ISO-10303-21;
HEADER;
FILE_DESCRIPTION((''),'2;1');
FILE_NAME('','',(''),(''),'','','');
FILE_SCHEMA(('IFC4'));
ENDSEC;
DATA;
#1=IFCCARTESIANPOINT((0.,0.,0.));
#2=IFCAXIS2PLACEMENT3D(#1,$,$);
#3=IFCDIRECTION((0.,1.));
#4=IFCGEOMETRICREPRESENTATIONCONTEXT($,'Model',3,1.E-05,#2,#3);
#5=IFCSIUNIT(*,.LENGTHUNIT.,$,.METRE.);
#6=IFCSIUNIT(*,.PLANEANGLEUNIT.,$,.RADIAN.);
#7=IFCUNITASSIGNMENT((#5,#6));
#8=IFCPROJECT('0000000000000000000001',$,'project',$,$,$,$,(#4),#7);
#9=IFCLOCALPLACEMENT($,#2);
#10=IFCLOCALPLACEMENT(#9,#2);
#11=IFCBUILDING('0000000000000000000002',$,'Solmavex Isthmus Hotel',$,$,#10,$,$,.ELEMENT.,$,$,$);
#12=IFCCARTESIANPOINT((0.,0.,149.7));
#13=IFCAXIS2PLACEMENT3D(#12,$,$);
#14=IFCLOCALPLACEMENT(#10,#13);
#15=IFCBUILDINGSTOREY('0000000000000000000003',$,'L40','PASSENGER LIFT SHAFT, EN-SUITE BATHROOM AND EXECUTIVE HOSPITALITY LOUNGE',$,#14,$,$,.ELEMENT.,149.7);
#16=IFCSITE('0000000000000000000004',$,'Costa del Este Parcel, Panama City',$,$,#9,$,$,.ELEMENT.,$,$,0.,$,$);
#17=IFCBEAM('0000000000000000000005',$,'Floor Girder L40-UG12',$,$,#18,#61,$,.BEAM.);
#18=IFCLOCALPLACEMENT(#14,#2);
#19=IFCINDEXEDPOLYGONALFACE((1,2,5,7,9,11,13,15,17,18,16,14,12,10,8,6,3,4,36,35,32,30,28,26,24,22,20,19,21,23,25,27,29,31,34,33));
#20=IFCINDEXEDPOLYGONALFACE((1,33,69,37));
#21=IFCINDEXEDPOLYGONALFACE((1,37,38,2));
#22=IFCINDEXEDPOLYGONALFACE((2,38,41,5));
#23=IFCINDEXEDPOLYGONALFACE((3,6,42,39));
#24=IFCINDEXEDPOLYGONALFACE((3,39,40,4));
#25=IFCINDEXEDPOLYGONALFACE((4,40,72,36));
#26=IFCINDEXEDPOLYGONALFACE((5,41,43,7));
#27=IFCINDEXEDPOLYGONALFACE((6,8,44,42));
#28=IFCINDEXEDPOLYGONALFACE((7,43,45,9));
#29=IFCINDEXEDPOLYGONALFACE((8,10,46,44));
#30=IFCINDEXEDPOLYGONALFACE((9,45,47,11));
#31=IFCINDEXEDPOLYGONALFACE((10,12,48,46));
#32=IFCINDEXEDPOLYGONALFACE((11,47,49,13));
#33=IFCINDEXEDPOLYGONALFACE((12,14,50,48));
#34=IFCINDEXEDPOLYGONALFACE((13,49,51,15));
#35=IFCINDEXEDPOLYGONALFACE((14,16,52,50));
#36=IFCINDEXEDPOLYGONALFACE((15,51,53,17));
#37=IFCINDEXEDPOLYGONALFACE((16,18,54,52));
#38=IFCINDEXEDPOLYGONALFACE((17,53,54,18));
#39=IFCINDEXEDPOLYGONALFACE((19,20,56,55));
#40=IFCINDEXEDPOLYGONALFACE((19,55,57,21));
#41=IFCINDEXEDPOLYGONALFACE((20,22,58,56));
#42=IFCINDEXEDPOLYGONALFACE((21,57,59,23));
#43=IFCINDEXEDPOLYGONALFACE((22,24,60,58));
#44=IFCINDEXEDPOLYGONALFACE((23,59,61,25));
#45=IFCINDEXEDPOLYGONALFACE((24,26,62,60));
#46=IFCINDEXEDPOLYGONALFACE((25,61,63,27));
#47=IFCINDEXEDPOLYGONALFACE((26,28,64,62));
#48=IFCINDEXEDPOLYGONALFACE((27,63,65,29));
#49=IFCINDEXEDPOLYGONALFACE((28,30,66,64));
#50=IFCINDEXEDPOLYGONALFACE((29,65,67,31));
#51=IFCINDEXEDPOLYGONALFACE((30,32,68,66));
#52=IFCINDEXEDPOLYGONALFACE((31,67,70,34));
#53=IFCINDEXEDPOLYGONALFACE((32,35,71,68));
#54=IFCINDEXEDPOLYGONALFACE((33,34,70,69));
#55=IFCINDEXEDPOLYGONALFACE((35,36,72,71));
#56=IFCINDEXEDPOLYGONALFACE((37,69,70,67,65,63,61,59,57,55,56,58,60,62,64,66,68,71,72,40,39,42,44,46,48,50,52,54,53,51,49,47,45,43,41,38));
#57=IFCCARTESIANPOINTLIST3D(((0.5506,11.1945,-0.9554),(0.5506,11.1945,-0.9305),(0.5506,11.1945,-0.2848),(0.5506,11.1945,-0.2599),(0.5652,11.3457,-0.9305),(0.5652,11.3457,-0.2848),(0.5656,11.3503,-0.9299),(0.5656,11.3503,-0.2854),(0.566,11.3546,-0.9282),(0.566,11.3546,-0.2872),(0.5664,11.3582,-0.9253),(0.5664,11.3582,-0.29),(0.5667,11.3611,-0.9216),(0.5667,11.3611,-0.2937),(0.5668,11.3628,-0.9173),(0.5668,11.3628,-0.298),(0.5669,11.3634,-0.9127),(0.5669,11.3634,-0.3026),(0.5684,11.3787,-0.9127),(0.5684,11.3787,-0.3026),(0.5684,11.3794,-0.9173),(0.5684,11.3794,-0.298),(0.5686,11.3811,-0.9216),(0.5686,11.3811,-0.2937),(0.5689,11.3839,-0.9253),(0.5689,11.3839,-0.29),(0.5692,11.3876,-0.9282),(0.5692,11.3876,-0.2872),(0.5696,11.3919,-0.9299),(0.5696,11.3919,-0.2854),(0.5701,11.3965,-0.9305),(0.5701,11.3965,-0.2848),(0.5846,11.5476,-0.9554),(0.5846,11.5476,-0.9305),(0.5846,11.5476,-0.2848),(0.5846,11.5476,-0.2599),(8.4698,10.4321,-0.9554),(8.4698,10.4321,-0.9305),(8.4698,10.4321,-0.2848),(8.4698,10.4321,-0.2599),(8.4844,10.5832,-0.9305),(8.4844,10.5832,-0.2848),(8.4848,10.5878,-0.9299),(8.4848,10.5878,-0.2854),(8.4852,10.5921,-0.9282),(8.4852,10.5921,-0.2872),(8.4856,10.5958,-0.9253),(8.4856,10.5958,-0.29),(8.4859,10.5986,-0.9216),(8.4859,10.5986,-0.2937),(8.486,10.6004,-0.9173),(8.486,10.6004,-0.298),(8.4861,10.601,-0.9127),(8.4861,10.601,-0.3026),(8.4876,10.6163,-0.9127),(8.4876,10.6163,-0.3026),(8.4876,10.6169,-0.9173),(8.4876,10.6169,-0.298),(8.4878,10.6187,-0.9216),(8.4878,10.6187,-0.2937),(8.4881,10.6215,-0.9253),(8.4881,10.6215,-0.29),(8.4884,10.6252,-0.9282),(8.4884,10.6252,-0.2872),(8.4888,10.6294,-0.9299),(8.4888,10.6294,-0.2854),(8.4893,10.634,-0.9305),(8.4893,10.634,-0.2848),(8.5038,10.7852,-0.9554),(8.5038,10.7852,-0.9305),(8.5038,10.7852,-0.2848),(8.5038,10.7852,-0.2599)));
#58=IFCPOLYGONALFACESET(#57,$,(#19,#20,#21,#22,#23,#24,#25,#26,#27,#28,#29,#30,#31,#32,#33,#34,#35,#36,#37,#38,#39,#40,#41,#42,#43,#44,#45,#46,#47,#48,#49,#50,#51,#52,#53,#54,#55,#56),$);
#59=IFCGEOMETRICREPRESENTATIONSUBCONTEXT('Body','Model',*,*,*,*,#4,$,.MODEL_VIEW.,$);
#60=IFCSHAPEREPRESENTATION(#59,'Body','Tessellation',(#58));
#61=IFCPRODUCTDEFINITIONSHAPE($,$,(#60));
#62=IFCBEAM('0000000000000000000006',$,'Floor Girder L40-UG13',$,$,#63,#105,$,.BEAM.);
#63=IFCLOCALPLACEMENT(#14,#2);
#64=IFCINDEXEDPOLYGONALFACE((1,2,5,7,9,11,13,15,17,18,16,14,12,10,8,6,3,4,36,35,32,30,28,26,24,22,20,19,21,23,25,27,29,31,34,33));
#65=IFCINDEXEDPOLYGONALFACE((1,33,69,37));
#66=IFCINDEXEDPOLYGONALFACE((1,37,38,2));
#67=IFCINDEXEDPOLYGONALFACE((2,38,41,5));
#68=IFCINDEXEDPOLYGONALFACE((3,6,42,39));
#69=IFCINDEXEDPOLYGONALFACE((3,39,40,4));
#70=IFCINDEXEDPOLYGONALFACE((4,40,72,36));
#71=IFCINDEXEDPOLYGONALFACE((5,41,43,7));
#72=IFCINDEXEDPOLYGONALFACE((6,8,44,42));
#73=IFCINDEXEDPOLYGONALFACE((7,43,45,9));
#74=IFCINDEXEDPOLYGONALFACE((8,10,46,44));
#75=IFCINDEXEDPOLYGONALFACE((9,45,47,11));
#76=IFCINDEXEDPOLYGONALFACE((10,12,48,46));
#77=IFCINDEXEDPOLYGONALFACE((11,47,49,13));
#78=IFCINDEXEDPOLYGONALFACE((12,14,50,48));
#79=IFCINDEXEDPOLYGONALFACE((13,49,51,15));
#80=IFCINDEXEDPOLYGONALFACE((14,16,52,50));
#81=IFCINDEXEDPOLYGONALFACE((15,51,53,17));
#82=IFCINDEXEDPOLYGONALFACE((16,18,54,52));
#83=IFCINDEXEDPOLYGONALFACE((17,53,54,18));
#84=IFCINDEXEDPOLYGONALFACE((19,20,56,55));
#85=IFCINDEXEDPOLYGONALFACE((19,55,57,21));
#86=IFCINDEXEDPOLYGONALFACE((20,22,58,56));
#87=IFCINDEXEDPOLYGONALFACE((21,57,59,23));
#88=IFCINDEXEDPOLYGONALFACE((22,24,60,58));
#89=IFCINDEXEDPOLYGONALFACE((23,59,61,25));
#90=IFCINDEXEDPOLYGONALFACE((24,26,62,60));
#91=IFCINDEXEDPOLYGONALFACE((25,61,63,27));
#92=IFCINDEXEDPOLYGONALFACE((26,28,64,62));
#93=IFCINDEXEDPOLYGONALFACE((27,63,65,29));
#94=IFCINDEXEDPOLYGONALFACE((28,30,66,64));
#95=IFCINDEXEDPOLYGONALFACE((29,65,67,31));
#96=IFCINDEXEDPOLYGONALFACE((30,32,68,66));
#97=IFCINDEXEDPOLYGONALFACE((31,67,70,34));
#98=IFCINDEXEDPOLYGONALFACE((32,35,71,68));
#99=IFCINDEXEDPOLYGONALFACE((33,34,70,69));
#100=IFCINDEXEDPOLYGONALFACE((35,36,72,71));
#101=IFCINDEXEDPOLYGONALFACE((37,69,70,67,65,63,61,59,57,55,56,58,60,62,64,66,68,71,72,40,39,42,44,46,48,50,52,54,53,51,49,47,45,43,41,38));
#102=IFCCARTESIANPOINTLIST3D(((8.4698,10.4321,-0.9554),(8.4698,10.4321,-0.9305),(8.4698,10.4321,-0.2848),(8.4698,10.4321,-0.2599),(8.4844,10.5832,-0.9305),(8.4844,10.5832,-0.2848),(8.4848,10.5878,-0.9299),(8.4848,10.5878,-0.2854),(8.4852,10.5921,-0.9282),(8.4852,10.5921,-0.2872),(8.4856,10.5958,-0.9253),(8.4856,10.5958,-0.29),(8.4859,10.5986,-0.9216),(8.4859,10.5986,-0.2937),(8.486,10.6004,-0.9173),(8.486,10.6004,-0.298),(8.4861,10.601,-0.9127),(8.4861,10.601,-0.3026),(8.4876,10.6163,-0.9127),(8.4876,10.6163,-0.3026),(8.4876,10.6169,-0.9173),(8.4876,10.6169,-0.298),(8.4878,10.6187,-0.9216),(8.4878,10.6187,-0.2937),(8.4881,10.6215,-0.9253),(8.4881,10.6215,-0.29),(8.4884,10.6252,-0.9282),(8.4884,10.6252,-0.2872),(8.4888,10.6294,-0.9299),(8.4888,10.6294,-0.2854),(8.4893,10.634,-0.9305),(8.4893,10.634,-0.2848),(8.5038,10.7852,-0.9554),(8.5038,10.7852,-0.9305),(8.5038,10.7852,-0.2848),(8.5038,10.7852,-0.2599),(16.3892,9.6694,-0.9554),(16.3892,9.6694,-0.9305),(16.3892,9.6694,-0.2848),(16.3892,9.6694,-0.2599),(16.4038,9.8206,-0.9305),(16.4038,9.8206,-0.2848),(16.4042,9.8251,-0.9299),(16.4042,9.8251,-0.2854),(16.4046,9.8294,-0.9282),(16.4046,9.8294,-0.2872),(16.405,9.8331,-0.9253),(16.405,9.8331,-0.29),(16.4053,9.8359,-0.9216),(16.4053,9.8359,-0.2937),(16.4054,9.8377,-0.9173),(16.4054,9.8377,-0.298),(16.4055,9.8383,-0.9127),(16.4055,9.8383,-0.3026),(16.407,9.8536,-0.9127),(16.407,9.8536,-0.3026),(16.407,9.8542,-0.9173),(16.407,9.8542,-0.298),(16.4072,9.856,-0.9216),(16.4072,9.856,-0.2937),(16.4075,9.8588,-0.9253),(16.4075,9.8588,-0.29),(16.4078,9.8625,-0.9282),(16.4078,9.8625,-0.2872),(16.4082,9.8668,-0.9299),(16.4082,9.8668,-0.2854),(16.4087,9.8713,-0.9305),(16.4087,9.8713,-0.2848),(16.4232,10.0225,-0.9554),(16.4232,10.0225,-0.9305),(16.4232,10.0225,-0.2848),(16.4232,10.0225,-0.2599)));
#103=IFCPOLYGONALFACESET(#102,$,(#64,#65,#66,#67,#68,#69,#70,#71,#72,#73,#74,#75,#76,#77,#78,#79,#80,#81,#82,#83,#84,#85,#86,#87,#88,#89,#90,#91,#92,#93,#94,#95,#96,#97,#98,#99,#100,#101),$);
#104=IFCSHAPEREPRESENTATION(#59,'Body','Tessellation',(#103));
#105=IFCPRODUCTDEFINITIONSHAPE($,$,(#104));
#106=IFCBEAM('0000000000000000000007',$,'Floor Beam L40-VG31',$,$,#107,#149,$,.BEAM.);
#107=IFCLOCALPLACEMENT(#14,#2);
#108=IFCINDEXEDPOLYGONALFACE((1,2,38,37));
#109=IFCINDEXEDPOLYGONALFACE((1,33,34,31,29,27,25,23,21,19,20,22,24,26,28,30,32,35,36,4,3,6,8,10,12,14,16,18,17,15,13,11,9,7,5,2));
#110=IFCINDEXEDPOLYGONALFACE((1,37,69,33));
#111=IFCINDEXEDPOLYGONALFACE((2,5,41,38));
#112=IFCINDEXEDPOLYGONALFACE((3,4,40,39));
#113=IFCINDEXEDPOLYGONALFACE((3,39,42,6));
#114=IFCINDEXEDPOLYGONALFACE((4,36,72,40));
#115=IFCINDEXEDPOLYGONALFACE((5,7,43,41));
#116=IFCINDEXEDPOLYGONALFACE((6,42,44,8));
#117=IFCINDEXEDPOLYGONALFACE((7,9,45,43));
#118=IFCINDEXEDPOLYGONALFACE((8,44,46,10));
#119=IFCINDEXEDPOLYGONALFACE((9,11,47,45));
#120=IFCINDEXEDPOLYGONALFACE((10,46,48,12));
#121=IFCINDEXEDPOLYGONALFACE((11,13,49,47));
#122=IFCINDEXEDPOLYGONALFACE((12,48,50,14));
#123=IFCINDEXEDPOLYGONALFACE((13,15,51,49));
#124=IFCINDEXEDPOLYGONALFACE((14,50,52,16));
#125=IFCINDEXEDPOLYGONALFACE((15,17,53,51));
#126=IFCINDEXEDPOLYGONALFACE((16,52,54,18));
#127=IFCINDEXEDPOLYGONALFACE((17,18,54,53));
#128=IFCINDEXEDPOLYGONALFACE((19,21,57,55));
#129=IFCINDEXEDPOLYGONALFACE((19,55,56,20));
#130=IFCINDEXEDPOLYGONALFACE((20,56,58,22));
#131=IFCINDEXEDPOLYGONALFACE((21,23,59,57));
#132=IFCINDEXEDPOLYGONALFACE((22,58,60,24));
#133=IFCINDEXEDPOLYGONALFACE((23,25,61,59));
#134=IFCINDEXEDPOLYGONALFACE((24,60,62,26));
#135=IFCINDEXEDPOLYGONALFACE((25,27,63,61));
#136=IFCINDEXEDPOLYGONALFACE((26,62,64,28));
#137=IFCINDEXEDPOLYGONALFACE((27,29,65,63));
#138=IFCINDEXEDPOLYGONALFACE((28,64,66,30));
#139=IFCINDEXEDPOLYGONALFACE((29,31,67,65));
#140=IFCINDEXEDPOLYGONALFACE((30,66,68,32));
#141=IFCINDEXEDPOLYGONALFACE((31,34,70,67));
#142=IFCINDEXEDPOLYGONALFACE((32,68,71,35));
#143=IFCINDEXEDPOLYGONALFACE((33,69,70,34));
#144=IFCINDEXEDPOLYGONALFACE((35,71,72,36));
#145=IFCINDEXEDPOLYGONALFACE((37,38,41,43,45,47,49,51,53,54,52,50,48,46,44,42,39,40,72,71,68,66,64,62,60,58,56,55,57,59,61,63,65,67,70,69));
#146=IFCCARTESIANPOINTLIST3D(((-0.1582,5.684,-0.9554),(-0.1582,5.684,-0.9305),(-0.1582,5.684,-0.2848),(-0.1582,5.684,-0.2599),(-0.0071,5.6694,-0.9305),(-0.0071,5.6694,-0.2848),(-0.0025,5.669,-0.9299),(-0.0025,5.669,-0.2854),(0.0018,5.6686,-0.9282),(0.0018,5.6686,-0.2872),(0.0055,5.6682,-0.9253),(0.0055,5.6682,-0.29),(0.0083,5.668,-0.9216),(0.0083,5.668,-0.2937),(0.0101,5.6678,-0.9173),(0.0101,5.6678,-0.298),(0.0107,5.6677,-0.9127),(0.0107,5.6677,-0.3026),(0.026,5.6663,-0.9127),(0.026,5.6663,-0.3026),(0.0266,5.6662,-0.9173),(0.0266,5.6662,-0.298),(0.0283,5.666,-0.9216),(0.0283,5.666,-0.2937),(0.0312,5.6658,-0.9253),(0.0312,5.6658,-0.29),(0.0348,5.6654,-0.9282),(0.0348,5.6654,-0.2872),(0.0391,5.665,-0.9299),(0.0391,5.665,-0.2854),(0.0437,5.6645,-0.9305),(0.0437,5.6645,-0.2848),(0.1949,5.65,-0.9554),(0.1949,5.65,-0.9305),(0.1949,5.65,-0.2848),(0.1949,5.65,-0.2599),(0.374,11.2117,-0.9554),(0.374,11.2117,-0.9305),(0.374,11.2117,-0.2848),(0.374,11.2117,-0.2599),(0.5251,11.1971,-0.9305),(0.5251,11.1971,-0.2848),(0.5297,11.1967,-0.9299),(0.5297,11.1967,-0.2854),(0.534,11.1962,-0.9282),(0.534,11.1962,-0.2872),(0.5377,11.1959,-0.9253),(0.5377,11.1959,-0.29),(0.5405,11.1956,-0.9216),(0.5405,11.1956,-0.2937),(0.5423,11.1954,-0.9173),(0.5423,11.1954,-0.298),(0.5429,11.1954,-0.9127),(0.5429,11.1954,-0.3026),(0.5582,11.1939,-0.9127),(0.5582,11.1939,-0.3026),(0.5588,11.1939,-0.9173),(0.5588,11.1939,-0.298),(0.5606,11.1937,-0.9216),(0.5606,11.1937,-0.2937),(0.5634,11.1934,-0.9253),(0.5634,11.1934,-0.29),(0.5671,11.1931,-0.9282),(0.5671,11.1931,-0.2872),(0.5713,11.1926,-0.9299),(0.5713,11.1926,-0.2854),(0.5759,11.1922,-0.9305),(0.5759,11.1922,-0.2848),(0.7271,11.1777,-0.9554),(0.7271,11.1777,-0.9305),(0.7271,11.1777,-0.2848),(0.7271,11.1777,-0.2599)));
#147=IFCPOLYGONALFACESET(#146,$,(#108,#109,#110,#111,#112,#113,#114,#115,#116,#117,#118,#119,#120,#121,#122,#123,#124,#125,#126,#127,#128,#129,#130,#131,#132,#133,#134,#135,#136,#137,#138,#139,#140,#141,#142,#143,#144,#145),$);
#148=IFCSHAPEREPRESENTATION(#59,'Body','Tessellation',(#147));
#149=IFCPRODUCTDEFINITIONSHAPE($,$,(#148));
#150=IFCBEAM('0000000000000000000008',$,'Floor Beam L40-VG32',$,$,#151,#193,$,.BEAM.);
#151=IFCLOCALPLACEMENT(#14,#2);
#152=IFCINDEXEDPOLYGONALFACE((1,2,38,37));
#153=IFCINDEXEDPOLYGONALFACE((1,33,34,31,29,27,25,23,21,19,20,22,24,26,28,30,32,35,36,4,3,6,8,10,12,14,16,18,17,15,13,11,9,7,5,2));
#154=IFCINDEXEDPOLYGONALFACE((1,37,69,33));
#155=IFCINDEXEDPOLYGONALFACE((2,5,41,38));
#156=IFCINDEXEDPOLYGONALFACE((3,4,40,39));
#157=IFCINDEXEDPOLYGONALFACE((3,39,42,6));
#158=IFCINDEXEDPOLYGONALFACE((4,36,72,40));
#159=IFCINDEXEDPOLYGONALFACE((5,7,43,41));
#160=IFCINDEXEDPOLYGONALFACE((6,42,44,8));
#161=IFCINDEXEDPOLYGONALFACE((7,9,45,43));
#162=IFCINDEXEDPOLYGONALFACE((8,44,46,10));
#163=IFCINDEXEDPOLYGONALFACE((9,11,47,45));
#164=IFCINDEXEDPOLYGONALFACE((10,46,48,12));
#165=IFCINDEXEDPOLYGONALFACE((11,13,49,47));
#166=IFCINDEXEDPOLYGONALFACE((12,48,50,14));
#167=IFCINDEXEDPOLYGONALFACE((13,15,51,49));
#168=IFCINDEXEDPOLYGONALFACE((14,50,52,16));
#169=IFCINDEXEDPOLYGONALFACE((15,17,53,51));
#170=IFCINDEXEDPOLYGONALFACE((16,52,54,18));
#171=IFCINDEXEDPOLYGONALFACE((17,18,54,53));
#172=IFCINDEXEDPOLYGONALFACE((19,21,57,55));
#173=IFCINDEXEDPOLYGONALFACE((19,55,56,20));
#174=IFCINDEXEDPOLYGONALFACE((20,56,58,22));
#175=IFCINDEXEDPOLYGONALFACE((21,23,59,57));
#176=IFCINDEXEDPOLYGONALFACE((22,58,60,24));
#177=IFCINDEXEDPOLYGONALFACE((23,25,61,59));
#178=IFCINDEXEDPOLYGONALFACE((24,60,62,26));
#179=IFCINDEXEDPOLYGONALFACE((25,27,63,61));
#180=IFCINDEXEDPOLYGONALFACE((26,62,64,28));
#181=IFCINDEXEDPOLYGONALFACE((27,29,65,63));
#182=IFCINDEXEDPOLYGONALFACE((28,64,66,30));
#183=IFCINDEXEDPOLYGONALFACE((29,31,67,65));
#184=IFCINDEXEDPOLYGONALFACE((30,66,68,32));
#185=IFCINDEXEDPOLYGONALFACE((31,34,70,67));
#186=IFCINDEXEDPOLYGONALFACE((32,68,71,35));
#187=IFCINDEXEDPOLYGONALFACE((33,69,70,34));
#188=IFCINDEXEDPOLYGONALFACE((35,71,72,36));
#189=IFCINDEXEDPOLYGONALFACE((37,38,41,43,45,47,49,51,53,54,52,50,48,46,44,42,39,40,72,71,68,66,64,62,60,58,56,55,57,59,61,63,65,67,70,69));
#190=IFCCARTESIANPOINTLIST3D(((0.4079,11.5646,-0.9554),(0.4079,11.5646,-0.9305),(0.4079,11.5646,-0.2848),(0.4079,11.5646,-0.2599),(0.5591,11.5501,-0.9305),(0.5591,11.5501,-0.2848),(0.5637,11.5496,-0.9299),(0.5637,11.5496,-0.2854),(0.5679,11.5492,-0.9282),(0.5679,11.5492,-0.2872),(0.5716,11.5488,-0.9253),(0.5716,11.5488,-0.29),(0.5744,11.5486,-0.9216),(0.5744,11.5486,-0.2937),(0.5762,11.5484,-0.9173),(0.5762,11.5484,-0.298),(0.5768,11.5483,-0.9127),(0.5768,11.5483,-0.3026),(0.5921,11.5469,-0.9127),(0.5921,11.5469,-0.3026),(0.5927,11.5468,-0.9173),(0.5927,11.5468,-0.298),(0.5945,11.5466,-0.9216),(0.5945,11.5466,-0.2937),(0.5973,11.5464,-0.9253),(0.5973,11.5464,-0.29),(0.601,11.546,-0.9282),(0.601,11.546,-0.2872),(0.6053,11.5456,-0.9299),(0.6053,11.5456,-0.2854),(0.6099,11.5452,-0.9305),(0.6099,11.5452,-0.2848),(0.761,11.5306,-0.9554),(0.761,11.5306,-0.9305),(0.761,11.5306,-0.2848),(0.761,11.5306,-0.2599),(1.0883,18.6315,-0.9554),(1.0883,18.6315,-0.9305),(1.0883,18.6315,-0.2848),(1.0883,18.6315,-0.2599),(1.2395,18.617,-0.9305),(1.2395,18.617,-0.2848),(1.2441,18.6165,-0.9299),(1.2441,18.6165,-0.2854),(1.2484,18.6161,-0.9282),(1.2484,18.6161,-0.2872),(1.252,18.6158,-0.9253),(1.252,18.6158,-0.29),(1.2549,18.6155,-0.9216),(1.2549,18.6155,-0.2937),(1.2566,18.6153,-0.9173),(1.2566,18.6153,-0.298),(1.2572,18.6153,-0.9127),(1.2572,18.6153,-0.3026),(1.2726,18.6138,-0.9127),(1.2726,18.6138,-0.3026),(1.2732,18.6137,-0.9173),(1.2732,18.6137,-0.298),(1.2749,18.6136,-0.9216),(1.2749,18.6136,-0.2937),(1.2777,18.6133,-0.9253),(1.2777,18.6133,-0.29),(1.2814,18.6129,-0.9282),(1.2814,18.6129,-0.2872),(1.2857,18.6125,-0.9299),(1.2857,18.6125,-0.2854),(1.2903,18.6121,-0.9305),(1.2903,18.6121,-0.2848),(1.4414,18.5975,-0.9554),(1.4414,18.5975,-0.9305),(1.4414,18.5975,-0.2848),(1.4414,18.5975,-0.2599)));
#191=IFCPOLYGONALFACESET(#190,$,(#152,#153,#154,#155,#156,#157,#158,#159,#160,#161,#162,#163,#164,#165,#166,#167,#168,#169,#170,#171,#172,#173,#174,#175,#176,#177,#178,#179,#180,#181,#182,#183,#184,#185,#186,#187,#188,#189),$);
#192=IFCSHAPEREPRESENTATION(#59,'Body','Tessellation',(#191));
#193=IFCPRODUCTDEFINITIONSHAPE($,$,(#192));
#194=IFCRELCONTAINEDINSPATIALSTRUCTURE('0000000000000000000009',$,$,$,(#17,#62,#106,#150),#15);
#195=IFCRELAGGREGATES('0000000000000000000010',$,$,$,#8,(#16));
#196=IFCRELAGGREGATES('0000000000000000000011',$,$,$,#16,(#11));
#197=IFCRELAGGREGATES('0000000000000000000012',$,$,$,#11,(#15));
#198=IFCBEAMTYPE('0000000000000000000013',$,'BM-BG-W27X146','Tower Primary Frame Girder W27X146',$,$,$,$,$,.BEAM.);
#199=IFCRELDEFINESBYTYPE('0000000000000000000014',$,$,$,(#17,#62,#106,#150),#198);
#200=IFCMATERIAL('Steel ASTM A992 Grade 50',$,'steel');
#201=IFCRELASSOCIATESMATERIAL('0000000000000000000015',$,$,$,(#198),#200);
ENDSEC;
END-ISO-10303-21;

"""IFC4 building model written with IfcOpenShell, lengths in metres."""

from ifc_helpers import new_model, si_unit, direction, frame, origin, origin_2d, place, context, subcontext, project, spatial, i_section, extrude, material, material_profile, profile_set, type_object, element, save


model = new_model("IFC4")

# Units and contexts
model_context = context("Model", 3, precision=1e-05, world=origin(), true_north=direction((0.0, 1.0)))
body_context = subcontext(model_context, "Body", "Model", "MODEL_VIEW")
ifc_project = project(units=[si_unit("LENGTHUNIT", "METRE"), si_unit("PLANEANGLEUNIT", "RADIAN")], contexts=[model_context])

# Site, building, storey
site_placement = place(None, origin())
site = spatial("IfcSite", under=ifc_project, at=site_placement, Name="Costa del Este Parcel, Panama City", CompositionType="ELEMENT", RefElevation=0.0)
building_placement = place(site_placement, origin())
building = spatial("IfcBuilding", under=site, at=building_placement, Name="Solmavex Isthmus Hotel", CompositionType="ELEMENT")
storey_placement = place(building_placement, frame((0.0, 0.0, 149.7)))
storey = spatial("IfcBuildingStorey", under=building, at=storey_placement, Name="L40", Description="PASSENGER LIFT SHAFT, EN-SUITE BATHROOM AND EXECUTIVE HOSPITALITY LOUNGE", CompositionType="ELEMENT", Elevation=149.7)

# Beams
ifc_material_1 = material(Name="Steel ASTM A992 Grade 50", Category="steel")
ifc_material_profile_1 = material_profile(ifc_material_1, i_section(OverallWidth=0.3547, OverallDepth=0.6956, WebThickness=0.0154, FlangeThickness=0.0249, FilletRadius=0.0178, at=origin_2d()), Name="W27X146")
ifc_profile_set_1 = profile_set([ifc_material_profile_1], Name="Steel ASTM A992 Grade 50")
beam_type_1 = type_object("IfcBeamType", Name="BM-BG-W27X146", Description="Tower Primary Frame Girder W27X146", PredefinedType="BEAM", material=ifc_profile_set_1)
beam_1_placement = place(storey_placement, frame((0.5676, 11.3711, -0.6077), z_axis=(0.995397, -0.095836, 0.0), x_axis=(0.095836, 0.995397, 0.0)))
element("IfcBeam", 1, at=beam_1_placement, inside=storey, type_object=beam_type_1, Name="Floor Girder L40-UG12", PredefinedType="BEAM", context=body_context, shape_type="SweptSolid", body=[
    extrude(i_section(OverallWidth=0.3547, OverallDepth=0.6956, WebThickness=0.0154, FlangeThickness=0.0249, FilletRadius=0.0178, at=origin_2d()), origin(), (0.0, 0.0, 1.0), 7.9558),
])
beam_2_placement = place(storey_placement, frame((8.4868, 10.6086, -0.6077), z_axis=(0.995395, -0.095863, 0.0), x_axis=(0.095863, 0.995395, 0.0)))
element("IfcBeam", 2, at=beam_2_placement, inside=storey, type_object=beam_type_1, Name="Floor Girder L40-UG13", PredefinedType="BEAM", context=body_context, shape_type="SweptSolid", body=[
    extrude(i_section(OverallWidth=0.3547, OverallDepth=0.6956, WebThickness=0.0154, FlangeThickness=0.0249, FilletRadius=0.0178, at=origin_2d()), origin(), (0.0, 0.0, 1.0), 7.9561),
])
beam_3_placement = place(storey_placement, frame((0.0183, 5.667, -0.6077), z_axis=(0.095842, 0.995397, 0.0), x_axis=(-0.995397, 0.095842, 0.0)))
element("IfcBeam", 3, at=beam_3_placement, inside=storey, type_object=beam_type_1, Name="Floor Beam L40-VG31", PredefinedType="BEAM", context=body_context, shape_type="SweptSolid", body=[
    extrude(i_section(OverallWidth=0.3547, OverallDepth=0.6956, WebThickness=0.0154, FlangeThickness=0.0249, FilletRadius=0.0178, at=origin_2d()), origin(), (0.0, 0.0, 1.0), 5.5532),
])
beam_4_placement = place(storey_placement, frame((0.5845, 11.5476, -0.6077), z_axis=(0.09584, 0.995397, 0.0), x_axis=(-0.995397, 0.09584, 0.0)))
element("IfcBeam", 4, at=beam_4_placement, inside=storey, type_object=beam_type_1, Name="Floor Beam L40-VG32", PredefinedType="BEAM", context=body_context, shape_type="SweptSolid", body=[
    extrude(i_section(OverallWidth=0.3547, OverallDepth=0.6956, WebThickness=0.0154, FlangeThickness=0.0249, FilletRadius=0.0178, at=origin_2d()), origin(), (0.0, 0.0, 1.0), 7.0996),
])

save(model, "model.ifc")
